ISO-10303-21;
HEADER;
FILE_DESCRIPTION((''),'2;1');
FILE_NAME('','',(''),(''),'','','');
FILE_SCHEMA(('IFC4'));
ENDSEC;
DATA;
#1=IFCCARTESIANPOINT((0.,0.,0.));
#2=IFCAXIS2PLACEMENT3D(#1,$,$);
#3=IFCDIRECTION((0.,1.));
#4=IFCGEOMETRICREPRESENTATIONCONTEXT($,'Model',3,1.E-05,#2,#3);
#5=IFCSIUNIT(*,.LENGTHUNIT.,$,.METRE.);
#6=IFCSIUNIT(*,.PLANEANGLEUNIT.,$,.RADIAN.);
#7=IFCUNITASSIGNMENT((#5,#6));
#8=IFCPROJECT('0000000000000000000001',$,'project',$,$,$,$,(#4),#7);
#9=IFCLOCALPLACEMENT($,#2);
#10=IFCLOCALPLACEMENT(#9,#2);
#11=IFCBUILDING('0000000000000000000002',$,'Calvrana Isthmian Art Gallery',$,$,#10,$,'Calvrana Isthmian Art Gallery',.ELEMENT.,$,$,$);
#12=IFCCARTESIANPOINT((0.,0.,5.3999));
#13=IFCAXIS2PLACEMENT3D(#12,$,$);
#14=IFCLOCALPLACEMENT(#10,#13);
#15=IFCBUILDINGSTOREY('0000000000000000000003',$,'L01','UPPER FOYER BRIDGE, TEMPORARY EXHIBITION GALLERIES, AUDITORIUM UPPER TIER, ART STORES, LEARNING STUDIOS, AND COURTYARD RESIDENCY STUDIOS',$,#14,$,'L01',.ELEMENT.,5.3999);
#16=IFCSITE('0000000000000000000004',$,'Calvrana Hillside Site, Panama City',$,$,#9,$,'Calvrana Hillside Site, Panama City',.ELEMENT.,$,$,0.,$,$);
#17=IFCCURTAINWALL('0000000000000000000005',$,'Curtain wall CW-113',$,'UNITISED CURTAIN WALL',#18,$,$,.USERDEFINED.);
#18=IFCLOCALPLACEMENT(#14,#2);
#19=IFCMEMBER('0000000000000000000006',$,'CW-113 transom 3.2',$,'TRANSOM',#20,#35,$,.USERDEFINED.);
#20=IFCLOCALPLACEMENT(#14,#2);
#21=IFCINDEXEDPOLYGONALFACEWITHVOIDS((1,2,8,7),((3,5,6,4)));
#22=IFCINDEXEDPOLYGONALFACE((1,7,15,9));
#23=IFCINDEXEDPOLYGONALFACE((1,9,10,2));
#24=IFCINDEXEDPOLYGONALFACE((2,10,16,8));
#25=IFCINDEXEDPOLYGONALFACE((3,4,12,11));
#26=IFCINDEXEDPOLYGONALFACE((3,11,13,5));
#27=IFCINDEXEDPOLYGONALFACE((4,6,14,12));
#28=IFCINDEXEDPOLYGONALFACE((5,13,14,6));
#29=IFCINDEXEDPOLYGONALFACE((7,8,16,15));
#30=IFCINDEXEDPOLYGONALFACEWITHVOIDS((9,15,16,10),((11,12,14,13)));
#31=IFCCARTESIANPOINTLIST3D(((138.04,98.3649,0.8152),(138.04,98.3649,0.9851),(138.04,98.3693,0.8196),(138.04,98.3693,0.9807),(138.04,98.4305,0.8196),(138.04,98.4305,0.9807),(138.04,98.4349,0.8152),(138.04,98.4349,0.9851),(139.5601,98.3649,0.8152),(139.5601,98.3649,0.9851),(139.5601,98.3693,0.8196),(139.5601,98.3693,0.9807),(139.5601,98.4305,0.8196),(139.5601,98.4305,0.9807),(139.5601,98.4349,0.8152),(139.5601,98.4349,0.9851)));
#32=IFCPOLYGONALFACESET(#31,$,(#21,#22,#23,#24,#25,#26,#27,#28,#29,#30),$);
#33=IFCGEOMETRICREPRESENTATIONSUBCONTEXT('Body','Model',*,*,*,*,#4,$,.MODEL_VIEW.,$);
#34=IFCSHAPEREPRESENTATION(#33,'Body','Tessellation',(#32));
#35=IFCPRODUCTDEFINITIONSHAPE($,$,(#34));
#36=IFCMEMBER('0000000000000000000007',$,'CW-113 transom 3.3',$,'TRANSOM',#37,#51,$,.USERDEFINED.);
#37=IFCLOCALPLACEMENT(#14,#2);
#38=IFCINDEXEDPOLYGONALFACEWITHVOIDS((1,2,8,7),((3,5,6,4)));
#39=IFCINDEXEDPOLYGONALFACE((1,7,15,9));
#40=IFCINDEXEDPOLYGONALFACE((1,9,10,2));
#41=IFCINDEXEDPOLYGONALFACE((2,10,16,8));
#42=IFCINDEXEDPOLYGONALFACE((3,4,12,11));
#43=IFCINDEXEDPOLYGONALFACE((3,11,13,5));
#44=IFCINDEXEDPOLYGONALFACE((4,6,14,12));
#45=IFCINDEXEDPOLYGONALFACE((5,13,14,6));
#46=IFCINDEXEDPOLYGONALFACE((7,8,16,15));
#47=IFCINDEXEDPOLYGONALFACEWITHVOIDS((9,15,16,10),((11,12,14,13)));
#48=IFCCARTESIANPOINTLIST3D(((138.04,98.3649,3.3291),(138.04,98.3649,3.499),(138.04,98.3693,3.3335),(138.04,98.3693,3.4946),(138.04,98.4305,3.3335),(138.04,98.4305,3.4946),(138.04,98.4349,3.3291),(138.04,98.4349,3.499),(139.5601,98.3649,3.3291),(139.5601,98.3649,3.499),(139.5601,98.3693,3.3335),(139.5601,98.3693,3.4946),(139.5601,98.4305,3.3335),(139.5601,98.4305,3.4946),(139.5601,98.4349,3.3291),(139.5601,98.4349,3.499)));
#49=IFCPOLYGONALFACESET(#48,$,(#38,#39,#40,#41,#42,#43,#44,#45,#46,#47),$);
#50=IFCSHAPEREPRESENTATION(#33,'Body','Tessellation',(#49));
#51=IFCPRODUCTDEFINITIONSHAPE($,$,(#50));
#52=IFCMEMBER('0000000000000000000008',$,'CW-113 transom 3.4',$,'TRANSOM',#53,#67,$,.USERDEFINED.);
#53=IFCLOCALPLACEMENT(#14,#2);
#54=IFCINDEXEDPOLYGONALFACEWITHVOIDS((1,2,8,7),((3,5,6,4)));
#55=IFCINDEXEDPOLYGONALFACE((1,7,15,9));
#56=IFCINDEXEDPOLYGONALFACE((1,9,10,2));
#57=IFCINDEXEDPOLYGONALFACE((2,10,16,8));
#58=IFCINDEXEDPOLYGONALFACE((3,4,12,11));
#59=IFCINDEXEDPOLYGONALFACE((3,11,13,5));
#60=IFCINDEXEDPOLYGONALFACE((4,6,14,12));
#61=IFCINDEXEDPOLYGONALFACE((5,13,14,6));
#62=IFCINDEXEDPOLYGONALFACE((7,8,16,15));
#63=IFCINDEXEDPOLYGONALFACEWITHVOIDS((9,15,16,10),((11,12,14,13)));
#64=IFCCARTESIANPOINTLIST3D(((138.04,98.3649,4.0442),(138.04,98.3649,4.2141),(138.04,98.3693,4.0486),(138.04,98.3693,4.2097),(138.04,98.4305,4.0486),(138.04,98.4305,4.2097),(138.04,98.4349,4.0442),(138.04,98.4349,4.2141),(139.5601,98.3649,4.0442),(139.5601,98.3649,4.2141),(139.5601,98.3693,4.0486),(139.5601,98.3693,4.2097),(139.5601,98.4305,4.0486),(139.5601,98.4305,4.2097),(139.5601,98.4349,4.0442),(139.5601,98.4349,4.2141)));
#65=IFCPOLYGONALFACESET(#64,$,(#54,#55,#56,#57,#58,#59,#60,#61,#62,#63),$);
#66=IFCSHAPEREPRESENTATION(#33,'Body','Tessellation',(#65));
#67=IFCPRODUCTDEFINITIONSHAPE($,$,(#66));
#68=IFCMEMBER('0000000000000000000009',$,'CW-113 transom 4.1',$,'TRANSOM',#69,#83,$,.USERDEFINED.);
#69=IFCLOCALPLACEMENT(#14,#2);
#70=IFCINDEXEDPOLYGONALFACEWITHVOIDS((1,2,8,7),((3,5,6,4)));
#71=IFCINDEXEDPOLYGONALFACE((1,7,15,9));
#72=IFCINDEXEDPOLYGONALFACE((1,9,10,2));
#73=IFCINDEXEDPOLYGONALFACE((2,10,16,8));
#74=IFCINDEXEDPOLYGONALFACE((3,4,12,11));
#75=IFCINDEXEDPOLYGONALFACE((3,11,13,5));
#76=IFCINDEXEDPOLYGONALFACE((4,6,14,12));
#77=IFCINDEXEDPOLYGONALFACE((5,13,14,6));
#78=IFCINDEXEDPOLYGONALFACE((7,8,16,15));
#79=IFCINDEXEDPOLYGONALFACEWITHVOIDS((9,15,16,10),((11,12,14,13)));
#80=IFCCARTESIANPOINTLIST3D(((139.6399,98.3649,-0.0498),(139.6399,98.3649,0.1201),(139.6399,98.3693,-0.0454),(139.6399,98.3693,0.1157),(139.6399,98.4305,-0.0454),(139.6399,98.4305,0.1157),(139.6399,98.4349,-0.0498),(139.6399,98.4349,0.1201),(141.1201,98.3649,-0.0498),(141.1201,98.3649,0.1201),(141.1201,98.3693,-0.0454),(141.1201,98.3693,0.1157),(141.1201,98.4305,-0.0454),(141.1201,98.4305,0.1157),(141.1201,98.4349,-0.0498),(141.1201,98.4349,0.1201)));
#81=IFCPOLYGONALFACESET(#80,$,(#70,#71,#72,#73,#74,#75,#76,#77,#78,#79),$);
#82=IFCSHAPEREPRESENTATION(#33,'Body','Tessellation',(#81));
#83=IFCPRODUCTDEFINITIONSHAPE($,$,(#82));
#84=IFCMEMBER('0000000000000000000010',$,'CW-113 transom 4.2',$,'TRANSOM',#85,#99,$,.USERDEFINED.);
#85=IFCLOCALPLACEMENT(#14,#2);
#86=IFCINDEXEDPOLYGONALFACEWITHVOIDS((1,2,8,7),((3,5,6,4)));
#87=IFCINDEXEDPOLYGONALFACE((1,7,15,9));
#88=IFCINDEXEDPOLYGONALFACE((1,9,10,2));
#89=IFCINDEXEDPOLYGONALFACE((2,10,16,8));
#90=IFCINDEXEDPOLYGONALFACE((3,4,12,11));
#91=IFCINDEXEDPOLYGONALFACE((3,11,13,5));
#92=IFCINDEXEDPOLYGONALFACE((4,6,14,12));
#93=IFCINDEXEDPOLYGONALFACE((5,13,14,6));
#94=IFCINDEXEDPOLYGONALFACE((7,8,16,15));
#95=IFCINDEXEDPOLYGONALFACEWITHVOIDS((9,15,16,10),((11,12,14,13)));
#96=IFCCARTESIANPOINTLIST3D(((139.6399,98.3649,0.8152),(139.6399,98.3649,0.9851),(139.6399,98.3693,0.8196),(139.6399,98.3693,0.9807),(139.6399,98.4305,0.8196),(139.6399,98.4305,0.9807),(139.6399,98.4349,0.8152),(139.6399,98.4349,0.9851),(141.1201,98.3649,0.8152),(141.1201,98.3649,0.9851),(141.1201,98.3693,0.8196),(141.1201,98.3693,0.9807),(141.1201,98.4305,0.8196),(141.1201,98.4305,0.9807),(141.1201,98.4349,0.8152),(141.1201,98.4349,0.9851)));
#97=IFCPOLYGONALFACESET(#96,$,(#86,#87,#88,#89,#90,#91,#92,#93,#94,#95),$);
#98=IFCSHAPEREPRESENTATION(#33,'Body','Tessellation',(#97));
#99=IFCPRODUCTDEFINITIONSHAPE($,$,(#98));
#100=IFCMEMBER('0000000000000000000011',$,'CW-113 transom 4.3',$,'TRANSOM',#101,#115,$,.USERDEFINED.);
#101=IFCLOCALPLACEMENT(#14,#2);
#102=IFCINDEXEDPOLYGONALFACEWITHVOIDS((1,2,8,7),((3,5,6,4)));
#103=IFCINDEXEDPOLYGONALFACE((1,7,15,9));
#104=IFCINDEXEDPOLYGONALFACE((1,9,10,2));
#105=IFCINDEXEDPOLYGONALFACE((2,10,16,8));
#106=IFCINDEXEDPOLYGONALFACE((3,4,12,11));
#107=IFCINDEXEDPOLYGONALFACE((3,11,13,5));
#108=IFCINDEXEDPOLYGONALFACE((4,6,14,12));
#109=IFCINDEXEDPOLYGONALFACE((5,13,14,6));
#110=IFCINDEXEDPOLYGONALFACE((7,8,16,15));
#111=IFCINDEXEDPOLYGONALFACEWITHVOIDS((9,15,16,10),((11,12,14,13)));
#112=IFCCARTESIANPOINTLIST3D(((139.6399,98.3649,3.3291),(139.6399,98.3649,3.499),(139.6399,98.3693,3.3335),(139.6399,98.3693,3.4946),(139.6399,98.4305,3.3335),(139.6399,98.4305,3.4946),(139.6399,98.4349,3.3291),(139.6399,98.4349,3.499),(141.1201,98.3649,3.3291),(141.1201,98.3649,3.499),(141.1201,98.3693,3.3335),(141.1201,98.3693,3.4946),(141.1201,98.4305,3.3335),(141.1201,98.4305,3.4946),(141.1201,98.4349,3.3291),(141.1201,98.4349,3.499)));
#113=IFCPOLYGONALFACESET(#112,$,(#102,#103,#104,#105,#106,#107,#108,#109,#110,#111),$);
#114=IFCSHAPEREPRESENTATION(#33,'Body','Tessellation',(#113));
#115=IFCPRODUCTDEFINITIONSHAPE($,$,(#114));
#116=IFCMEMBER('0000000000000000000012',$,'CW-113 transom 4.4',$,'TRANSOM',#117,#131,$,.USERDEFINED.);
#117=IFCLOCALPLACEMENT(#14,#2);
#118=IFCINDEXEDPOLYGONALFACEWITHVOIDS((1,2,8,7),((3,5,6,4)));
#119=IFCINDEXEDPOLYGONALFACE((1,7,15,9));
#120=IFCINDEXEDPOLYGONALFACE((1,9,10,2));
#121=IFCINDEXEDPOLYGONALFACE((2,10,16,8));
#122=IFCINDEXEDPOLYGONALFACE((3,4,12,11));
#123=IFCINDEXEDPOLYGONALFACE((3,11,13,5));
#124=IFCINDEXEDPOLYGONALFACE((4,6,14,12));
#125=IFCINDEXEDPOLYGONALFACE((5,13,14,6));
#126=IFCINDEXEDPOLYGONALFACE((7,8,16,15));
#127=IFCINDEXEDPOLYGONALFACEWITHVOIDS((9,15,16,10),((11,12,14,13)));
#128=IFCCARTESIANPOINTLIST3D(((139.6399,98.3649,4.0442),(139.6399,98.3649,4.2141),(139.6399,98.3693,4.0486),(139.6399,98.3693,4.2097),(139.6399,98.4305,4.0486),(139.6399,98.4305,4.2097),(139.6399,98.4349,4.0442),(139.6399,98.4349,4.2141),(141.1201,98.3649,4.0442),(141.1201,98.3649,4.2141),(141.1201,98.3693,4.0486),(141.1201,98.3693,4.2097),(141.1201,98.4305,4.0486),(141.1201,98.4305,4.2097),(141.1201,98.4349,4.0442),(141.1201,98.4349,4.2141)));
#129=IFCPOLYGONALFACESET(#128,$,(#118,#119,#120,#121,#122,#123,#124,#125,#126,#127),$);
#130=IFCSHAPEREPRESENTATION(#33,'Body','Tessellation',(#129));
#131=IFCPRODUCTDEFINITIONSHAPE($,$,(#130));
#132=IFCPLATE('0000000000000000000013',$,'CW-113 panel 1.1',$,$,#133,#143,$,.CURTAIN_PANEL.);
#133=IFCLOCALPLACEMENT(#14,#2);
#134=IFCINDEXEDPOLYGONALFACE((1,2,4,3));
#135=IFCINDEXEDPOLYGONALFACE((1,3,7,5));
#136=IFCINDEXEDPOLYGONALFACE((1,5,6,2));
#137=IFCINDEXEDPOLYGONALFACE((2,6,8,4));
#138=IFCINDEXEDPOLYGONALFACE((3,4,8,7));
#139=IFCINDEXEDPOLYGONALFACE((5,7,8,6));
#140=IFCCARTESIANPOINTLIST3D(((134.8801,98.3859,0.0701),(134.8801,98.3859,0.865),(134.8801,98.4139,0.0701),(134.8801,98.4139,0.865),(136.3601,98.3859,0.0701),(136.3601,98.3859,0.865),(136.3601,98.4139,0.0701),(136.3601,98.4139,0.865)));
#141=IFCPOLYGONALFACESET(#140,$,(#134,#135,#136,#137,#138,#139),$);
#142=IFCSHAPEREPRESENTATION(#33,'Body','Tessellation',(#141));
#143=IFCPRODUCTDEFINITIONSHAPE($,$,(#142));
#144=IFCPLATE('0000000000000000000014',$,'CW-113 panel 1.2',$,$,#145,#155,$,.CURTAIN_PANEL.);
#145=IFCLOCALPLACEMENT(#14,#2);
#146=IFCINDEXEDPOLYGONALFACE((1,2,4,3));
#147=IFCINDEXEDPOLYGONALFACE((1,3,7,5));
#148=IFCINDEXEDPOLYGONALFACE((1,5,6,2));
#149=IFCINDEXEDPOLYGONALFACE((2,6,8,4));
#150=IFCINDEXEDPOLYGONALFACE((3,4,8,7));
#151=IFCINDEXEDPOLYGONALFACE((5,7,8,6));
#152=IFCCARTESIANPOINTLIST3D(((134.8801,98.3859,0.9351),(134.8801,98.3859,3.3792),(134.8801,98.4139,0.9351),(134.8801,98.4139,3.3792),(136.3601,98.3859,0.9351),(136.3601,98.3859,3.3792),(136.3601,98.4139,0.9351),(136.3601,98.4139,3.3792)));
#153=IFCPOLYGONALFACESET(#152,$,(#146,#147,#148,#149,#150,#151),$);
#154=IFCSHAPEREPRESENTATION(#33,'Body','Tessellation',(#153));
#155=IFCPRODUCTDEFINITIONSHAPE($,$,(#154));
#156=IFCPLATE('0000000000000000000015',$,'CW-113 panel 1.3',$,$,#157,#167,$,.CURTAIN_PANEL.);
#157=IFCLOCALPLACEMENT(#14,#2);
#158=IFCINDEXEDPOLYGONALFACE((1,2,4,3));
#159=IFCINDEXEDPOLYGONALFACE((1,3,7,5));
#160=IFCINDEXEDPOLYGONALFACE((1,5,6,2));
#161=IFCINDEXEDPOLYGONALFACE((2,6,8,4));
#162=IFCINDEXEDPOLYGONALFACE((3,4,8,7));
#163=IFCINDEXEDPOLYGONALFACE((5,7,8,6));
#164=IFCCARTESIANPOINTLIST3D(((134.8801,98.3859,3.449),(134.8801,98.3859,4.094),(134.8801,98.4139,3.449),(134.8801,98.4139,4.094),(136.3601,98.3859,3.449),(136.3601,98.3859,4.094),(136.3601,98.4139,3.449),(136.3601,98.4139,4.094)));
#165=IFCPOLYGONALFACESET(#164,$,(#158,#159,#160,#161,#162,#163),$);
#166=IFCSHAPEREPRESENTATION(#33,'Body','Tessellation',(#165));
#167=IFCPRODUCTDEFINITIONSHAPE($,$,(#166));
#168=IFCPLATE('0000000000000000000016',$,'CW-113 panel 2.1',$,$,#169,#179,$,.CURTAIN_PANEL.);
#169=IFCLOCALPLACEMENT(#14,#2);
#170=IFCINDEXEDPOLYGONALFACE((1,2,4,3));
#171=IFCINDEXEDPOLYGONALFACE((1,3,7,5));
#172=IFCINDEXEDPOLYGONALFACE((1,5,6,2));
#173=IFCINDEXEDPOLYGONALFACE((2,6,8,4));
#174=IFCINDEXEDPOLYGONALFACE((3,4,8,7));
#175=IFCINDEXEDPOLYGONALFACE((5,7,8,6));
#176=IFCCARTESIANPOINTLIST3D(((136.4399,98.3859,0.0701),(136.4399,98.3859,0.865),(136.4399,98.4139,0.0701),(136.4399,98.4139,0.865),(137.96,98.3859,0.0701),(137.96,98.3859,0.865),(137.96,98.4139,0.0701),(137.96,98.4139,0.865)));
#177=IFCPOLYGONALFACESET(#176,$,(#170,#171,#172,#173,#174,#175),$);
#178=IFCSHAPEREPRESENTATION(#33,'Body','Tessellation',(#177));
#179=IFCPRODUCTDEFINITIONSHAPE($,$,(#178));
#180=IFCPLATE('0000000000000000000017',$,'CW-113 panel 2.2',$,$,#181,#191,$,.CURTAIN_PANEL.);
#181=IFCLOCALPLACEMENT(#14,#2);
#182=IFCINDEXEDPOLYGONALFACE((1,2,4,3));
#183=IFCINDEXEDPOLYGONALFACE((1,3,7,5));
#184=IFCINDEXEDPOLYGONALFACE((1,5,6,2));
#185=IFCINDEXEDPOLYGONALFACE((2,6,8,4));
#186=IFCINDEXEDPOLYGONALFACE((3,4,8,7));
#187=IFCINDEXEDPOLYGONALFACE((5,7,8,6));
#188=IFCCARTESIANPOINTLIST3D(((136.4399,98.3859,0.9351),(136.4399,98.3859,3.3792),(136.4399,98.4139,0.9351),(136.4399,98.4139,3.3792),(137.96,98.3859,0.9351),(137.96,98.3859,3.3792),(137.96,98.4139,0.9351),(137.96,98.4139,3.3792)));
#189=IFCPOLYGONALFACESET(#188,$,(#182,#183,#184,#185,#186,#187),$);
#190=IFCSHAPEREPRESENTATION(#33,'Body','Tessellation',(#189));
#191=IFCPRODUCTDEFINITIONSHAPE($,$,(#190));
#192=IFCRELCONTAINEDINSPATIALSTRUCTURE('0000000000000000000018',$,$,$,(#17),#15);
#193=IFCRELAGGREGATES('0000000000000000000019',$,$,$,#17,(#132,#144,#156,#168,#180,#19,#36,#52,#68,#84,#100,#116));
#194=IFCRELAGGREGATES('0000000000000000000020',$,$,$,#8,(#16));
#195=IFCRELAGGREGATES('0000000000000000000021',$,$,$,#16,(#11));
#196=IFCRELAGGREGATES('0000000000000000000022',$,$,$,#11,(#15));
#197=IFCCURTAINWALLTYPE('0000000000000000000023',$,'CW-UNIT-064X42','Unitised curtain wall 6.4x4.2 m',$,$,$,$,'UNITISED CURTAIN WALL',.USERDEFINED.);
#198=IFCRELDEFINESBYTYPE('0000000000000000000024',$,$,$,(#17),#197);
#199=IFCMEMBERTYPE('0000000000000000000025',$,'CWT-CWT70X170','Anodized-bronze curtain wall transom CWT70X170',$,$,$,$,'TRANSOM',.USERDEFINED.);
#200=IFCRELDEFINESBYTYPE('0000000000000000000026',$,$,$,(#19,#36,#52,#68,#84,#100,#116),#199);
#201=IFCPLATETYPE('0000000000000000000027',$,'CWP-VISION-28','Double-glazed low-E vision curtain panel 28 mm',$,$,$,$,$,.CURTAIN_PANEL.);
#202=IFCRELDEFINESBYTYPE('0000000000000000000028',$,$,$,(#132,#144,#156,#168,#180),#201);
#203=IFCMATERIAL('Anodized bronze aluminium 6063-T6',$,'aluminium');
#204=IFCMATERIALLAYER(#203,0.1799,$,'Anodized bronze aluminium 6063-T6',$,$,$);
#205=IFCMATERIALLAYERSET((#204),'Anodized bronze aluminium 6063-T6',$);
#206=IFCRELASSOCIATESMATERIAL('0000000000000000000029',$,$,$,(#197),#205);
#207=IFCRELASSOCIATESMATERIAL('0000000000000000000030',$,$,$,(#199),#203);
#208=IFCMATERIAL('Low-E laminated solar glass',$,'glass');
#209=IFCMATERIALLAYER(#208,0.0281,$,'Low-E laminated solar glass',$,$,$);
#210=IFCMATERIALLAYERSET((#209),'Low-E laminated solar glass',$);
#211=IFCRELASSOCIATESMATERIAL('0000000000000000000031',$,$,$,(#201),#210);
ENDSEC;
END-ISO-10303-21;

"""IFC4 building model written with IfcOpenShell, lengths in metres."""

from ifc_helpers import new_model, si_unit, direction, frame, origin, origin_2d, place, context, subcontext, project, spatial, rectangle, hollow_rectangle, extrude, material, layer, layer_set, material_profile, profile_set, type_object, element, aggregate, save


model = new_model("IFC4")

# Units and contexts
model_context = context("Model", 3, precision=1e-05, world=origin(), true_north=direction((0.0, 1.0)))
body_context = subcontext(model_context, "Body", "Model", "MODEL_VIEW")
ifc_project = project(units=[si_unit("LENGTHUNIT", "METRE"), si_unit("PLANEANGLEUNIT", "RADIAN")], contexts=[model_context])

# Site, building, storey
site_placement = place(None, origin())
site = spatial("IfcSite", under=ifc_project, at=site_placement, Name="Calvrana Hillside Site, Panama City", LongName="Calvrana Hillside Site, Panama City", CompositionType="ELEMENT", RefElevation=0.0)
building_placement = place(site_placement, origin())
building = spatial("IfcBuilding", under=site, at=building_placement, Name="Calvrana Isthmian Art Gallery", LongName="Calvrana Isthmian Art Gallery", CompositionType="ELEMENT")
storey_placement = place(building_placement, frame((0.0, 0.0, 5.3999)))
storey = spatial("IfcBuildingStorey", under=building, at=storey_placement, Name="L01", Description="UPPER FOYER BRIDGE, TEMPORARY EXHIBITION GALLERIES, AUDITORIUM UPPER TIER, ART STORES, LEARNING STUDIOS, AND COURTYARD RESIDENCY STUDIOS", LongName="L01", CompositionType="ELEMENT", Elevation=5.3999)

# Curtain wall, members, plates
ifc_material_1 = material(Name="Anodized bronze aluminium 6063-T6", Category="aluminium")
ifc_layer_1 = layer(ifc_material_1, 0.1799, Name="Anodized bronze aluminium 6063-T6")
ifc_layer_set_1 = layer_set([ifc_layer_1], Name="Anodized bronze aluminium 6063-T6")
curtain_wall_type = type_object("IfcCurtainWallType", Name="CW-UNIT-064X42", Description="Unitised curtain wall 6.4x4.2 m", ElementType="UNITISED CURTAIN WALL", PredefinedType="USERDEFINED", material=ifc_layer_set_1)
curtain_wall_placement = place(storey_placement, origin())
curtain_wall = element("IfcCurtainWall", 1, at=curtain_wall_placement, inside=storey, type_object=curtain_wall_type, Name="Curtain wall CW-113", ObjectType="UNITISED CURTAIN WALL", PredefinedType="USERDEFINED")
ifc_material_profile_1 = material_profile(ifc_material_1, hollow_rectangle(XDim=0.0701, YDim=0.1699, WallThickness=0.0044, at=origin_2d()), Name="CWT70X170")
ifc_profile_set_1 = profile_set([ifc_material_profile_1], Name="Anodized bronze aluminium 6063-T6")
member_type_1 = type_object("IfcMemberType", Name="CWT-CWT70X170", Description="Anodized-bronze curtain wall transom CWT70X170", ElementType="TRANSOM", PredefinedType="USERDEFINED", material=ifc_profile_set_1)
member_1_placement = place(storey_placement, frame((138.04, 98.3999, 0.9001), z_axis=(1.0, 0.0, 0.0), x_axis=(0.0, 1.0, 0.0)))
member_1 = element("IfcMember", 2, at=member_1_placement, type_object=member_type_1, Name="CW-113 transom 3.2", ObjectType="TRANSOM", PredefinedType="USERDEFINED", context=body_context, shape_type="SweptSolid", body=[
    extrude(hollow_rectangle(XDim=0.0701, YDim=0.1699, WallThickness=0.0044, at=origin_2d()), origin(), (0.0, 0.0, 1.0), 1.52),
])
member_2_placement = place(storey_placement, frame((138.04, 98.3999, 3.4141), z_axis=(1.0, 0.0, 0.0), x_axis=(0.0, 1.0, 0.0)))
member_2 = element("IfcMember", 3, at=member_2_placement, type_object=member_type_1, Name="CW-113 transom 3.3", ObjectType="TRANSOM", PredefinedType="USERDEFINED", context=body_context, shape_type="SweptSolid", body=[
    extrude(hollow_rectangle(XDim=0.0701, YDim=0.1699, WallThickness=0.0044, at=origin_2d()), origin(), (0.0, 0.0, 1.0), 1.52),
])
member_3_placement = place(storey_placement, frame((138.04, 98.3999, 4.1292), z_axis=(1.0, 0.0, 0.0), x_axis=(0.0, 1.0, 0.0)))
member_3 = element("IfcMember", 4, at=member_3_placement, type_object=member_type_1, Name="CW-113 transom 3.4", ObjectType="TRANSOM", PredefinedType="USERDEFINED", context=body_context, shape_type="SweptSolid", body=[
    extrude(hollow_rectangle(XDim=0.0701, YDim=0.1699, WallThickness=0.0044, at=origin_2d()), origin(), (0.0, 0.0, 1.0), 1.52),
])
member_4_placement = place(storey_placement, frame((139.6399, 98.3999, 0.0352), z_axis=(1.0, 0.0, 0.0), x_axis=(0.0, 1.0, 0.0)))
member_4 = element("IfcMember", 5, at=member_4_placement, type_object=member_type_1, Name="CW-113 transom 4.1", ObjectType="TRANSOM", PredefinedType="USERDEFINED", context=body_context, shape_type="SweptSolid", body=[
    extrude(hollow_rectangle(XDim=0.0701, YDim=0.1699, WallThickness=0.0044, at=origin_2d()), origin(), (0.0, 0.0, 1.0), 1.4802),
])
member_5_placement = place(storey_placement, frame((139.6399, 98.3999, 0.9001), z_axis=(1.0, 0.0, 0.0), x_axis=(0.0, 1.0, 0.0)))
member_5 = element("IfcMember", 6, at=member_5_placement, type_object=member_type_1, Name="CW-113 transom 4.2", ObjectType="TRANSOM", PredefinedType="USERDEFINED", context=body_context, shape_type="SweptSolid", body=[
    extrude(hollow_rectangle(XDim=0.0701, YDim=0.1699, WallThickness=0.0044, at=origin_2d()), origin(), (0.0, 0.0, 1.0), 1.4802),
])
member_6_placement = place(storey_placement, frame((139.6399, 98.3999, 3.4141), z_axis=(1.0, 0.0, 0.0), x_axis=(0.0, 1.0, 0.0)))
member_6 = element("IfcMember", 7, at=member_6_placement, type_object=member_type_1, Name="CW-113 transom 4.3", ObjectType="TRANSOM", PredefinedType="USERDEFINED", context=body_context, shape_type="SweptSolid", body=[
    extrude(hollow_rectangle(XDim=0.0701, YDim=0.1699, WallThickness=0.0044, at=origin_2d()), origin(), (0.0, 0.0, 1.0), 1.4802),
])
member_7_placement = place(storey_placement, frame((139.6399, 98.3999, 4.1292), z_axis=(1.0, 0.0, 0.0), x_axis=(0.0, 1.0, 0.0)))
member_7 = element("IfcMember", 8, at=member_7_placement, type_object=member_type_1, Name="CW-113 transom 4.4", ObjectType="TRANSOM", PredefinedType="USERDEFINED", context=body_context, shape_type="SweptSolid", body=[
    extrude(hollow_rectangle(XDim=0.0701, YDim=0.1699, WallThickness=0.0044, at=origin_2d()), origin(), (0.0, 0.0, 1.0), 1.4802),
])
ifc_material_2 = material(Name="Low-E laminated solar glass", Category="glass")
ifc_layer_2 = layer(ifc_material_2, 0.0281, Name="Low-E laminated solar glass")
ifc_layer_set_2 = layer_set([ifc_layer_2], Name="Low-E laminated solar glass")
plate_type = type_object("IfcPlateType", Name="CWP-VISION-28", Description="Double-glazed low-E vision curtain panel 28 mm", PredefinedType="CURTAIN_PANEL", material=ifc_layer_set_2)
plate_1_placement = place(storey_placement, frame((135.6201, 98.3999, 0.0701), z_axis=(0.0, 0.0, 1.0), x_axis=(1.0, 0.0, 0.0)))
plate_1 = element("IfcPlate", 9, at=plate_1_placement, type_object=plate_type, Name="CW-113 panel 1.1", PredefinedType="CURTAIN_PANEL", context=body_context, shape_type="SweptSolid", body=[
    extrude(rectangle(XDim=1.48, YDim=0.0281, at=origin_2d()), origin(), (0.0, 0.0, 1.0), 0.7949),
])
plate_2_placement = place(storey_placement, frame((135.6201, 98.3999, 0.9351), z_axis=(0.0, 0.0, 1.0), x_axis=(1.0, 0.0, 0.0)))
plate_2 = element("IfcPlate", 10, at=plate_2_placement, type_object=plate_type, Name="CW-113 panel 1.2", PredefinedType="CURTAIN_PANEL", context=body_context, shape_type="SweptSolid", body=[
    extrude(rectangle(XDim=1.48, YDim=0.0281, at=origin_2d()), origin(), (0.0, 0.0, 1.0), 2.4441),
])
plate_3_placement = place(storey_placement, frame((135.6201, 98.3999, 3.449), z_axis=(0.0, 0.0, 1.0), x_axis=(1.0, 0.0, 0.0)))
plate_3 = element("IfcPlate", 11, at=plate_3_placement, type_object=plate_type, Name="CW-113 panel 1.3", PredefinedType="CURTAIN_PANEL", context=body_context, shape_type="SweptSolid", body=[
    extrude(rectangle(XDim=1.48, YDim=0.0281, at=origin_2d()), origin(), (0.0, 0.0, 1.0), 0.645),
])
plate_4_placement = place(storey_placement, frame((137.2, 98.3999, 0.0701), z_axis=(0.0, 0.0, 1.0), x_axis=(1.0, 0.0, 0.0)))
plate_4 = element("IfcPlate", 12, at=plate_4_placement, type_object=plate_type, Name="CW-113 panel 2.1", PredefinedType="CURTAIN_PANEL", context=body_context, shape_type="SweptSolid", body=[
    extrude(rectangle(XDim=1.52, YDim=0.0281, at=origin_2d()), origin(), (0.0, 0.0, 1.0), 0.7949),
])
plate_5_placement = place(storey_placement, frame((137.2, 98.3999, 0.9351), z_axis=(0.0, 0.0, 1.0), x_axis=(1.0, 0.0, 0.0)))
plate_5 = element("IfcPlate", 13, at=plate_5_placement, type_object=plate_type, Name="CW-113 panel 2.2", PredefinedType="CURTAIN_PANEL", context=body_context, shape_type="SweptSolid", body=[
    extrude(rectangle(XDim=1.52, YDim=0.0281, at=origin_2d()), origin(), (0.0, 0.0, 1.0), 2.4441),
])
aggregate(curtain_wall, [plate_1, plate_2, plate_3, plate_4, plate_5, member_1, member_2, member_3, member_4, member_5, member_6, member_7])

save(model, "model.ifc")
